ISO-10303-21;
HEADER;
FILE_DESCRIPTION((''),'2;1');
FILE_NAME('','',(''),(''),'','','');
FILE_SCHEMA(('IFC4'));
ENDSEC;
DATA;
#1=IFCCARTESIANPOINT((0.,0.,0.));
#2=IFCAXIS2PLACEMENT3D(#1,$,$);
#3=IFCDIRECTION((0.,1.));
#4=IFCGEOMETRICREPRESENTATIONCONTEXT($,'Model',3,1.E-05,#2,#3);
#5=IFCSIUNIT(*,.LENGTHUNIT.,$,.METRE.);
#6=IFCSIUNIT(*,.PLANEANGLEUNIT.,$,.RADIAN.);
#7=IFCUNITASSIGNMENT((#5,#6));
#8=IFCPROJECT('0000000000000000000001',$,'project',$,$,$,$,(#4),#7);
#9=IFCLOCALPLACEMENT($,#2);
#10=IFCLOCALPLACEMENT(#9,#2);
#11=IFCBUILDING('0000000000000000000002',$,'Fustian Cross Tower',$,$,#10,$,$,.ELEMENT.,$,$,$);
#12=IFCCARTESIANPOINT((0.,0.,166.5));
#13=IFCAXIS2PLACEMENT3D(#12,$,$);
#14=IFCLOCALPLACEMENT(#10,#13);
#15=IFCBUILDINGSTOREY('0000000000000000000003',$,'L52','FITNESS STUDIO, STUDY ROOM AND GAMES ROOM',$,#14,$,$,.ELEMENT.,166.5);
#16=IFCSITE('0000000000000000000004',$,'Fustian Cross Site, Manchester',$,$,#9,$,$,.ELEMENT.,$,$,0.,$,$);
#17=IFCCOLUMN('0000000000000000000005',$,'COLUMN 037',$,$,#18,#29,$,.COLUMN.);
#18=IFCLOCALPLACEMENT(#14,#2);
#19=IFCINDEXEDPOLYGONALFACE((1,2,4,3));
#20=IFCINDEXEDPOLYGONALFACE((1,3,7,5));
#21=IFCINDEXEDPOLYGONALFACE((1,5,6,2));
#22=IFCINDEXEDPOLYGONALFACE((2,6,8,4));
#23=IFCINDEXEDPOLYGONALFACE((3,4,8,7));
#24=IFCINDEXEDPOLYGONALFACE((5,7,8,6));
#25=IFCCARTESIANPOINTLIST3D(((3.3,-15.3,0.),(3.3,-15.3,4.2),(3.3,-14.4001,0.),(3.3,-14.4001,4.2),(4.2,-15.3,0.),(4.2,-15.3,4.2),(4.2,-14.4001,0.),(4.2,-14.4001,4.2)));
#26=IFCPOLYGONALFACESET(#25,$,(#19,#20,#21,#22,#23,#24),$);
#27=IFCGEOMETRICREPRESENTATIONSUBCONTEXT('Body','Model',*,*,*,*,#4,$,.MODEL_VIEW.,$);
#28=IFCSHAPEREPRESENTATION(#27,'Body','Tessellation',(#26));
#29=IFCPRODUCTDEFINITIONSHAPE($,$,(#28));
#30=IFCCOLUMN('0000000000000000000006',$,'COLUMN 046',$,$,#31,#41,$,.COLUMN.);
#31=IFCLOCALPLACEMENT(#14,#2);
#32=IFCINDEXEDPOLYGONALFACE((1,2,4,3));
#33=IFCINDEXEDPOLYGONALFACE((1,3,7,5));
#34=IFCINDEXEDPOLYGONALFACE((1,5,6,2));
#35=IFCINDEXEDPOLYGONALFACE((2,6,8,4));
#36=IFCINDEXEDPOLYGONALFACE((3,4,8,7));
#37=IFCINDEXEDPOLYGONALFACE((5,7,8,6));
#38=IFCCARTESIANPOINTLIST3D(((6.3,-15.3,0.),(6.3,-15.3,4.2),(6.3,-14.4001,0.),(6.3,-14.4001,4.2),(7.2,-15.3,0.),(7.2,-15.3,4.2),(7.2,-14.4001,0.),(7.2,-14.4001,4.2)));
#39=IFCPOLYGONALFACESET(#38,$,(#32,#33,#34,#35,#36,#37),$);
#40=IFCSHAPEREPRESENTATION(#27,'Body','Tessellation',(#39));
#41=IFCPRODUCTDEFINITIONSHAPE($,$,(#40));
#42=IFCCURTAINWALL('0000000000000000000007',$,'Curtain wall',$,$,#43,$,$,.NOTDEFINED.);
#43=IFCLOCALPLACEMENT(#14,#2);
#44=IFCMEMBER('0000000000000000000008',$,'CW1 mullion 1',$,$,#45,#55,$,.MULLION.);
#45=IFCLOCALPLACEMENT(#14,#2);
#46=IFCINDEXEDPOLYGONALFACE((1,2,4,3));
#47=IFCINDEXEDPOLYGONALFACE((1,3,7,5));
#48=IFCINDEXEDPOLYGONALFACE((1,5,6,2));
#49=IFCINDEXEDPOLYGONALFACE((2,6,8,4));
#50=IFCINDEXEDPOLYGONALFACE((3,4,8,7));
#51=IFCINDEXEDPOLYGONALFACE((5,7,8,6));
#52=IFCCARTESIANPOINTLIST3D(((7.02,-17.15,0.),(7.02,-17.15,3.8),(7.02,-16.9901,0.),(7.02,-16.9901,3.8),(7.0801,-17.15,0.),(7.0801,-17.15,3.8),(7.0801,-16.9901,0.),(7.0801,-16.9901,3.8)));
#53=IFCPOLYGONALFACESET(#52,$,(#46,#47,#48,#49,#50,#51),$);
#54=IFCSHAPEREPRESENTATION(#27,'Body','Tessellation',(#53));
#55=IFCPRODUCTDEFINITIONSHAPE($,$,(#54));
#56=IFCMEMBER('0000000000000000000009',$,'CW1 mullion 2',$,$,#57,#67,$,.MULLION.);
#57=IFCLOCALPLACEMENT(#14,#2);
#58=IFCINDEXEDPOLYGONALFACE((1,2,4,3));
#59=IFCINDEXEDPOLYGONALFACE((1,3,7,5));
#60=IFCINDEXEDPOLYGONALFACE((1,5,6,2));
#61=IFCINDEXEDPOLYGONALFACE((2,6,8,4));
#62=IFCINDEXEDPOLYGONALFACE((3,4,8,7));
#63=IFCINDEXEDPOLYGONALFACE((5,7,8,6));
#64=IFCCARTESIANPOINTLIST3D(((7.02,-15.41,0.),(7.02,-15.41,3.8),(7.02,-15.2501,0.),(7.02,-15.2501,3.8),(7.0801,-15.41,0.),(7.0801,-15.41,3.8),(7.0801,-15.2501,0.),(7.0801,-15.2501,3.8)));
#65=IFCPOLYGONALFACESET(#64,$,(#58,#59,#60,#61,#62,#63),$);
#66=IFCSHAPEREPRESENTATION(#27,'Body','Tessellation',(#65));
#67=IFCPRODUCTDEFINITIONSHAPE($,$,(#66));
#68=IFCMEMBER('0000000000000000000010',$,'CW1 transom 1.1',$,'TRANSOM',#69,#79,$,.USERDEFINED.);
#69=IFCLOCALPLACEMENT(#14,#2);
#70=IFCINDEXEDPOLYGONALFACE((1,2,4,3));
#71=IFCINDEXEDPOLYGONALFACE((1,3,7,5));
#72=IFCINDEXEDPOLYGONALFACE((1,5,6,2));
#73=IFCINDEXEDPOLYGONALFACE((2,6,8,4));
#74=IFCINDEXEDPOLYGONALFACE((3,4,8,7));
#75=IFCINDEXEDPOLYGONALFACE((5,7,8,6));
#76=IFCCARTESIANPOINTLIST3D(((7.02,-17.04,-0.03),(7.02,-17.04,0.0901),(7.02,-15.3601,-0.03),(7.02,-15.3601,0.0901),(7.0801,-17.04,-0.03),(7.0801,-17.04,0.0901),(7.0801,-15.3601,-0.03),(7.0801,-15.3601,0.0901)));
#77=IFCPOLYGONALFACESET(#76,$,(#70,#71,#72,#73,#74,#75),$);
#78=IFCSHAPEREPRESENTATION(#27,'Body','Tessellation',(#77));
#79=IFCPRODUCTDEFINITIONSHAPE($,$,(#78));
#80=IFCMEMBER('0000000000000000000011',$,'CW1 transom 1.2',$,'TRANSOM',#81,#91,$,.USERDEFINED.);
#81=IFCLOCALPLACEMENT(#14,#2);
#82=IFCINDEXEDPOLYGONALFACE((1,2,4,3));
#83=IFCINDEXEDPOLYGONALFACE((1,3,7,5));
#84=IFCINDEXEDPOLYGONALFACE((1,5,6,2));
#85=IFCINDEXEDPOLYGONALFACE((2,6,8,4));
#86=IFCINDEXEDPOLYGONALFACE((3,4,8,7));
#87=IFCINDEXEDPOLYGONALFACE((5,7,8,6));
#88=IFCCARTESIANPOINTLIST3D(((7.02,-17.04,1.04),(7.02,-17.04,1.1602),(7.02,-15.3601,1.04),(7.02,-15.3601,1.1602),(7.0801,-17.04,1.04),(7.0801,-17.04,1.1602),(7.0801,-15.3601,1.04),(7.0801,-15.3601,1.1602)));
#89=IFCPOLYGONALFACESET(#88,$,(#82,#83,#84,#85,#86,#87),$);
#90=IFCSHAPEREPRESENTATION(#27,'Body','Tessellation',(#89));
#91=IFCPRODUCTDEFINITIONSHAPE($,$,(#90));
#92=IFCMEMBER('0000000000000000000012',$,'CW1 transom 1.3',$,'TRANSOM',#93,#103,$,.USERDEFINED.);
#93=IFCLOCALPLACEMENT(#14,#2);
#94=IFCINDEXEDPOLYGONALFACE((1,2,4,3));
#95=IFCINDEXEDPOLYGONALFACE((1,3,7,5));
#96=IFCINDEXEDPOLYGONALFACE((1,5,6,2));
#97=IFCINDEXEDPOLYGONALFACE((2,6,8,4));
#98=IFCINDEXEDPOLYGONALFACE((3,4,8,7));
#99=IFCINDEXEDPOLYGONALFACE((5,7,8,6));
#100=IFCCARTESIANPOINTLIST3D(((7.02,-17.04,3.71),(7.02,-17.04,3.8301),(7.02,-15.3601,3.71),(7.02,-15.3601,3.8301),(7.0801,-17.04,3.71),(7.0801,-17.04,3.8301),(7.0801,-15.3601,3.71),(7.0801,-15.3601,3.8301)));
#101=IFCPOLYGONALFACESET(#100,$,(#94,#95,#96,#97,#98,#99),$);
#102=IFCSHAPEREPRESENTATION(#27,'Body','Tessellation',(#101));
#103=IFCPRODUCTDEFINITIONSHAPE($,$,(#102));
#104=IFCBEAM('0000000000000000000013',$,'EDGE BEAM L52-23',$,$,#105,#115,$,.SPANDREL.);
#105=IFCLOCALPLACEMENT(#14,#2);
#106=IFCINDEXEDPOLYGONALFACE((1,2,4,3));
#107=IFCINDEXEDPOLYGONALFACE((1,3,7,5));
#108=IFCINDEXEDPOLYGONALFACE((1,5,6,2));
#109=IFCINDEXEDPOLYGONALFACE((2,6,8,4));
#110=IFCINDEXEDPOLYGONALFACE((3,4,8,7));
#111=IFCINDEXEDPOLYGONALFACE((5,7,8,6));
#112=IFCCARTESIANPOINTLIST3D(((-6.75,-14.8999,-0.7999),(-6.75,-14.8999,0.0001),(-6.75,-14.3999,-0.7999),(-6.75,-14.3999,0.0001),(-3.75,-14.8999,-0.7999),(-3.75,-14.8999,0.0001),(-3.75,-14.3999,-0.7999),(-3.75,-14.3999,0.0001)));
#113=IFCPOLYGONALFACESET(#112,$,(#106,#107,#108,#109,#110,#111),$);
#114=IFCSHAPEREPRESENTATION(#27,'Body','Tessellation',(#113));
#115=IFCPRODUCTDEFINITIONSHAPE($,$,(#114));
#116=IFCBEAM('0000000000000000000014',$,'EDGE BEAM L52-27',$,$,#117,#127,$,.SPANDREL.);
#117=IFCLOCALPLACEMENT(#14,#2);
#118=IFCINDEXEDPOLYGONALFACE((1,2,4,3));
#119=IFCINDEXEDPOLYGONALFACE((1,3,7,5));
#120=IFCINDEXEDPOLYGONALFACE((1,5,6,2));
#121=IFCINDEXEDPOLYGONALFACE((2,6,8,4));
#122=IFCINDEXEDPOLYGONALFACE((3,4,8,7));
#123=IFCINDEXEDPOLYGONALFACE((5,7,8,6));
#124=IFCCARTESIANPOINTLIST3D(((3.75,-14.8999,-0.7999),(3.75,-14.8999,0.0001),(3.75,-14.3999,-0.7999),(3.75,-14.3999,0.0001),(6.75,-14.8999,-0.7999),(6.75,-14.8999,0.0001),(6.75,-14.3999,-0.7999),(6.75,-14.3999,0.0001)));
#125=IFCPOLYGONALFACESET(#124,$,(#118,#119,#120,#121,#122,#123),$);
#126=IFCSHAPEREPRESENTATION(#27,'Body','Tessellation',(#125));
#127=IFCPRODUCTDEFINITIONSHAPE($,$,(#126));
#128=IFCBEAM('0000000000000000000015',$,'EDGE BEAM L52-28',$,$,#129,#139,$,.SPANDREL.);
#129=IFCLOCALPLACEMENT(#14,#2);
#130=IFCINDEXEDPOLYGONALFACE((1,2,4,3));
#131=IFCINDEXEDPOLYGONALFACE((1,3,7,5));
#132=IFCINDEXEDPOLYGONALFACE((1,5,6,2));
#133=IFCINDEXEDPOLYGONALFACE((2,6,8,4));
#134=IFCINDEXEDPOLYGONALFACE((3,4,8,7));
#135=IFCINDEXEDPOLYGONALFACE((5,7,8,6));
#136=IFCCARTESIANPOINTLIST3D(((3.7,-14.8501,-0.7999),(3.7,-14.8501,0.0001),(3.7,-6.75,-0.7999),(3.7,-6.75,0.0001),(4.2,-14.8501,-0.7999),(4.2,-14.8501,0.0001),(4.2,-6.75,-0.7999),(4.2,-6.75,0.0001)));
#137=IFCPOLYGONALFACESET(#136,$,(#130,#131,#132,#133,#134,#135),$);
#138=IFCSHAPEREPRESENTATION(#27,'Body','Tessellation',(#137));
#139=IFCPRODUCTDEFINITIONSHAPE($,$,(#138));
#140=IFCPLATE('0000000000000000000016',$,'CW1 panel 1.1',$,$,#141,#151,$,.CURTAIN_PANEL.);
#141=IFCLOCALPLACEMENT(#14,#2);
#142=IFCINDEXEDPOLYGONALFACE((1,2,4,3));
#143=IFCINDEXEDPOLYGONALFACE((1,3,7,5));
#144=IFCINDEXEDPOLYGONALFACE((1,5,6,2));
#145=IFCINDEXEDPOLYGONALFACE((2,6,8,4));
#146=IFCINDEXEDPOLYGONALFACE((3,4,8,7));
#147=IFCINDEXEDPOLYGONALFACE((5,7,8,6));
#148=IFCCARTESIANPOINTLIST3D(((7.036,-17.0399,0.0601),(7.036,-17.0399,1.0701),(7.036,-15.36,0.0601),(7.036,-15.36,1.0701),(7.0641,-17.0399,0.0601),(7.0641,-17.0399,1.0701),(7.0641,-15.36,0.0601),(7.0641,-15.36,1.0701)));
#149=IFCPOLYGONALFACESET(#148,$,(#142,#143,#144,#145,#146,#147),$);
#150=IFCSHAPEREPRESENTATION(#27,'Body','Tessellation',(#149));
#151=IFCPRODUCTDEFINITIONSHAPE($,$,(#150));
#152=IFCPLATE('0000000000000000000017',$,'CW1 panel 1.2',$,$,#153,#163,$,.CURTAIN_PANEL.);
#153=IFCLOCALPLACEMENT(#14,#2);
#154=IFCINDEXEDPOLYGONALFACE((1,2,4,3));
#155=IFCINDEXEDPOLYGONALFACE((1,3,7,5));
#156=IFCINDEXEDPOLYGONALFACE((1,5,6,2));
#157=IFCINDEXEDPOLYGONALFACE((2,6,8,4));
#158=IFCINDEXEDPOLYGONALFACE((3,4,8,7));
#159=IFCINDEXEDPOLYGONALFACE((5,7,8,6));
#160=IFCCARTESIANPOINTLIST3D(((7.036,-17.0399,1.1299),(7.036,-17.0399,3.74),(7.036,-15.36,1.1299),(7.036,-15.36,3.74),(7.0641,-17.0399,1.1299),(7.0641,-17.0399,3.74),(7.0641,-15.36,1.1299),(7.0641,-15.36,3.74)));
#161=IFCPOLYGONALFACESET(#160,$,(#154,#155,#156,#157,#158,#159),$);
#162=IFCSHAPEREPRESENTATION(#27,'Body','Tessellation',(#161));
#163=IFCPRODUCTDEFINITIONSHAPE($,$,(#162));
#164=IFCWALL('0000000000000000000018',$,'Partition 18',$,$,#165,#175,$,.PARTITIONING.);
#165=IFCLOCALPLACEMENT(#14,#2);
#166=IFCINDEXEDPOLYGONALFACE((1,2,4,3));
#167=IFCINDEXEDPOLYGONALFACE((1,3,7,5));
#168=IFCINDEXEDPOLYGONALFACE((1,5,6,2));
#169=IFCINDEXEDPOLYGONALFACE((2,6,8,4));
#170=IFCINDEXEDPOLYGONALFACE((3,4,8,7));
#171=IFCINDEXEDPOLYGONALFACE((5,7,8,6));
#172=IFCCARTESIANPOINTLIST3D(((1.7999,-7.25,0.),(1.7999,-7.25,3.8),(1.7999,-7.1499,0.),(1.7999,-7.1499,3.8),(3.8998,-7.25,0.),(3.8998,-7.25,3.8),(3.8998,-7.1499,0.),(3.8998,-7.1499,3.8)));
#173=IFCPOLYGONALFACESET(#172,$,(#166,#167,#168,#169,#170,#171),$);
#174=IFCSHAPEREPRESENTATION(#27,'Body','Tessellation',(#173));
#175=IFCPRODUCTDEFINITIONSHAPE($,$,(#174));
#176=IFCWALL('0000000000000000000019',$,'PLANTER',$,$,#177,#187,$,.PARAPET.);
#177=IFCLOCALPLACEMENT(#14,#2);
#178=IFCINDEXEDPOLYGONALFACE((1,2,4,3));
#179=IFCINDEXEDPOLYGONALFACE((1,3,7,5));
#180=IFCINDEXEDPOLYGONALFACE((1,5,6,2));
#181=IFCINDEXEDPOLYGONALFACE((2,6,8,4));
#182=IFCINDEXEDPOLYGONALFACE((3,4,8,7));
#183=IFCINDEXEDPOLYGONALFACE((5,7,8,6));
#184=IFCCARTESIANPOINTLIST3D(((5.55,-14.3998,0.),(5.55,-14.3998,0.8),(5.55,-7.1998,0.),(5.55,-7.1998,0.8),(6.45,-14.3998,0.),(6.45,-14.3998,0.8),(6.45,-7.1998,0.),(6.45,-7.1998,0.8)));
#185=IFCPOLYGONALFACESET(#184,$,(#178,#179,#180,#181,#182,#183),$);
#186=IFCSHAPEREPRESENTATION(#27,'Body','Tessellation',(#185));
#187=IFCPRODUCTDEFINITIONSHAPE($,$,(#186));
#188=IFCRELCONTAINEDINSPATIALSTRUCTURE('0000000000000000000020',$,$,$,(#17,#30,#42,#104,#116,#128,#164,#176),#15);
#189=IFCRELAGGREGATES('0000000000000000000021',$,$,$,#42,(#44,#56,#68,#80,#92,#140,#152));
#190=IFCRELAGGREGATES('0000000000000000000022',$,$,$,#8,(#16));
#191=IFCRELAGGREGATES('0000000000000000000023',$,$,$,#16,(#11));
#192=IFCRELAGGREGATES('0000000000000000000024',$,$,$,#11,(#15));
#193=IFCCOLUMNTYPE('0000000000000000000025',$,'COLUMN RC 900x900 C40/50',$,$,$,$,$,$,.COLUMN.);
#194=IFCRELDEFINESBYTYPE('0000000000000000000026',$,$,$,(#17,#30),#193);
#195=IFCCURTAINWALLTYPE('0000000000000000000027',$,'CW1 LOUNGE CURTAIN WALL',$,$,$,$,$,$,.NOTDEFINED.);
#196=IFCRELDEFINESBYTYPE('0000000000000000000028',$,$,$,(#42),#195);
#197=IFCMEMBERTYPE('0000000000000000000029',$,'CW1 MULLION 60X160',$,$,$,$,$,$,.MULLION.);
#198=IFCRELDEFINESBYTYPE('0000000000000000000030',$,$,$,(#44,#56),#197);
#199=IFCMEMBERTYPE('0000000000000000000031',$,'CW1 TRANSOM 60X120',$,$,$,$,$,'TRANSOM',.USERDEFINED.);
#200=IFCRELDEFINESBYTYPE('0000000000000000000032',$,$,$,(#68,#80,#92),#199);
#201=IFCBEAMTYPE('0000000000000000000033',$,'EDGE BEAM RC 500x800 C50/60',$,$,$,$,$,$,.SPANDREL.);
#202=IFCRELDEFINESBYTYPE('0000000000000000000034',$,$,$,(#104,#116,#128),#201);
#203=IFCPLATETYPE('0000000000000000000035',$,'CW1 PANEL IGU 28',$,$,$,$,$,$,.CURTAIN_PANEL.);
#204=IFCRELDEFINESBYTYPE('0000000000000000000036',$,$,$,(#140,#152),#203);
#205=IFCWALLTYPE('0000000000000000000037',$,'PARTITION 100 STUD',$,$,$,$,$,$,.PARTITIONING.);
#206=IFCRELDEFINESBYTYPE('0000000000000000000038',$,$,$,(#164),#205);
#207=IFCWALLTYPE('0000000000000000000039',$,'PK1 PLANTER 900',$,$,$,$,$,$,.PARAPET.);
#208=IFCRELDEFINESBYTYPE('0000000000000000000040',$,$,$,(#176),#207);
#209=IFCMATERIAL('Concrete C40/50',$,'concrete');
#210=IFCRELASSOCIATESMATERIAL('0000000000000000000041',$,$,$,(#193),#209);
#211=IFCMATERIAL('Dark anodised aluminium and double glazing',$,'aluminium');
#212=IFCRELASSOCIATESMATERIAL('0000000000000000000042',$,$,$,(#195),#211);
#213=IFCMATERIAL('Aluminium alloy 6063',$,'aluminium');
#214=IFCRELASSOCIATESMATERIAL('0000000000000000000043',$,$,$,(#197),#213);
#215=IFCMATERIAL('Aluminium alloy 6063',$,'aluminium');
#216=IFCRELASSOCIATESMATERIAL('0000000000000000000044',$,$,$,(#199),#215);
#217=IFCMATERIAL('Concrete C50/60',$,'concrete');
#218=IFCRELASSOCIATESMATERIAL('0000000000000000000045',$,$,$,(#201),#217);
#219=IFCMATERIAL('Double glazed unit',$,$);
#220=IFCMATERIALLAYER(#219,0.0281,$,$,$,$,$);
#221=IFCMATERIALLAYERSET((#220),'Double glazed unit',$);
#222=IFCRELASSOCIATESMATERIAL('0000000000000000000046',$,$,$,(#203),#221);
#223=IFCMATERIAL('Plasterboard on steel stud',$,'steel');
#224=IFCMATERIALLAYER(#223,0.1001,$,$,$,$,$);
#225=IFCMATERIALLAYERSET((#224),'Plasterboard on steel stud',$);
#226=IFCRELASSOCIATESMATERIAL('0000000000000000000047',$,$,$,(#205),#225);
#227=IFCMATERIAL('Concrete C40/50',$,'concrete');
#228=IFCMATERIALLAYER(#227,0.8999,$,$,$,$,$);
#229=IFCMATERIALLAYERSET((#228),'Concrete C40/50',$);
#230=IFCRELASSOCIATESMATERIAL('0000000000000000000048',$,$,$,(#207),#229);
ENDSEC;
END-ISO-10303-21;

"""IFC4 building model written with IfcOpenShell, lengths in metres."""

from ifc_helpers import new_model, si_unit, direction, frame, frame_2d, origin, origin_2d, place, context, subcontext, project, spatial, rectangle, extrude, material, layer, layer_set, material_profile, profile_set, type_object, element, aggregate, save


model = new_model("IFC4")

# Units and contexts
model_context = context("Model", 3, precision=1e-05, world=origin(), true_north=direction((0.0, 1.0)))
body_context = subcontext(model_context, "Body", "Model", "MODEL_VIEW")
ifc_project = project(units=[si_unit("LENGTHUNIT", "METRE"), si_unit("PLANEANGLEUNIT", "RADIAN")], contexts=[model_context])

# Site, building, storey
site_placement = place(None, origin())
site = spatial("IfcSite", under=ifc_project, at=site_placement, Name="Fustian Cross Site, Manchester", CompositionType="ELEMENT", RefElevation=0.0)
building_placement = place(site_placement, origin())
building = spatial("IfcBuilding", under=site, at=building_placement, Name="Fustian Cross Tower", CompositionType="ELEMENT")
storey_placement = place(building_placement, frame((0.0, 0.0, 166.5)))
storey = spatial("IfcBuildingStorey", under=building, at=storey_placement, Name="L52", Description="FITNESS STUDIO, STUDY ROOM AND GAMES ROOM", CompositionType="ELEMENT", Elevation=166.5)

# Columns
ifc_material_1 = material(Name="Concrete C40/50", Category="concrete")
ifc_material_profile_1 = material_profile(ifc_material_1, rectangle(XDim=0.8999, YDim=0.8999, at=origin_2d()), Name="RC 900x900")
ifc_profile_set_1 = profile_set([ifc_material_profile_1], Name="Concrete C40/50")
column_type = type_object("IfcColumnType", Name="COLUMN RC 900x900 C40/50", PredefinedType="COLUMN", material=ifc_profile_set_1)
for number, where, z_axis, x_axis, name in (
    (1, (3.75, -14.8501, 0.0), (0.0, 0.0, 1.0), (1.0, 0.0, 0.0), "COLUMN 037"),
    (2, (6.75, -14.8501, 0.0), (0.0, 0.0, 1.0), (1.0, 0.0, 0.0), "COLUMN 046"),
):
    element("IfcColumn", number, at=place(storey_placement, frame(where, z_axis=z_axis, x_axis=x_axis)), inside=storey, type_object=column_type, Name=name, PredefinedType="COLUMN", context=body_context, shape_type="SweptSolid", body=[
        extrude(rectangle(XDim=0.8999, YDim=0.8999, at=origin_2d()), origin(), (0.0, 0.0, 1.0), 4.2),
    ])

# Curtain wall, members
ifc_material_2 = material(Name="Dark anodised aluminium and double glazing", Category="aluminium")
curtain_wall_type = type_object("IfcCurtainWallType", Name="CW1 LOUNGE CURTAIN WALL", PredefinedType="NOTDEFINED", material=ifc_material_2)
curtain_wall_placement = place(storey_placement, origin())
curtain_wall = element("IfcCurtainWall", 3, at=curtain_wall_placement, inside=storey, type_object=curtain_wall_type, Name="Curtain wall", PredefinedType="NOTDEFINED")
ifc_material_3 = material(Name="Aluminium alloy 6063", Category="aluminium")
ifc_material_profile_2 = material_profile(ifc_material_3, rectangle(XDim=0.0601, YDim=0.1599, at=origin_2d()), Name="CW1 MULLION 60X160")
ifc_profile_set_2 = profile_set([ifc_material_profile_2], Name="Aluminium alloy 6063")
member_type_1 = type_object("IfcMemberType", Name="CW1 MULLION 60X160", PredefinedType="MULLION", material=ifc_profile_set_2)
member_1_placement = place(storey_placement, frame((7.05, -17.0701, 0.0), z_axis=(0.0, 0.0, 1.0), x_axis=(-1.0, 0.0, 0.0)))
member_1 = element("IfcMember", 4, at=member_1_placement, type_object=member_type_1, Name="CW1 mullion 1", PredefinedType="MULLION", context=body_context, shape_type="SweptSolid", body=[
    extrude(rectangle(XDim=0.0601, YDim=0.1599, at=origin_2d()), origin(), (0.0, 0.0, 1.0), 3.8),
])
member_2_placement = place(storey_placement, frame((7.05, -15.3301, 0.0), z_axis=(0.0, 0.0, 1.0), x_axis=(-1.0, 0.0, 0.0)))
member_2 = element("IfcMember", 5, at=member_2_placement, type_object=member_type_1, Name="CW1 mullion 2", PredefinedType="MULLION", context=body_context, shape_type="SweptSolid", body=[
    extrude(rectangle(XDim=0.0601, YDim=0.1599, at=origin_2d()), origin(), (0.0, 0.0, 1.0), 3.8),
])
ifc_material_4 = material(Name="Aluminium alloy 6063", Category="aluminium")
ifc_material_profile_3 = material_profile(ifc_material_4, rectangle(XDim=0.0601, YDim=0.1201, at=origin_2d()), Name="CW1 TRANSOM 60X120")
ifc_profile_set_3 = profile_set([ifc_material_profile_3], Name="Aluminium alloy 6063")
member_type_2 = type_object("IfcMemberType", Name="CW1 TRANSOM 60X120", ElementType="TRANSOM", PredefinedType="USERDEFINED", material=ifc_profile_set_3)
member_3_placement = place(storey_placement, frame((7.05, -17.04, 0.03), z_axis=(0.0, 1.0, 0.0), x_axis=(-1.0, 0.0, 0.0)))
member_3 = element("IfcMember", 6, at=member_3_placement, type_object=member_type_2, Name="CW1 transom 1.1", ObjectType="TRANSOM", PredefinedType="USERDEFINED", context=body_context, shape_type="SweptSolid", body=[
    extrude(rectangle(XDim=0.0601, YDim=0.1201, at=origin_2d()), origin(), (0.0, 0.0, 1.0), 1.6799),
])
member_4_placement = place(storey_placement, frame((7.05, -17.04, 1.1001), z_axis=(0.0, 1.0, 0.0), x_axis=(-1.0, 0.0, 0.0)))
member_4 = element("IfcMember", 7, at=member_4_placement, type_object=member_type_2, Name="CW1 transom 1.2", ObjectType="TRANSOM", PredefinedType="USERDEFINED", context=body_context, shape_type="SweptSolid", body=[
    extrude(rectangle(XDim=0.0601, YDim=0.1201, at=origin_2d()), origin(), (0.0, 0.0, 1.0), 1.6799),
])
member_5_placement = place(storey_placement, frame((7.05, -17.04, 3.77), z_axis=(0.0, 1.0, 0.0), x_axis=(-1.0, 0.0, 0.0)))
member_5 = element("IfcMember", 8, at=member_5_placement, type_object=member_type_2, Name="CW1 transom 1.3", ObjectType="TRANSOM", PredefinedType="USERDEFINED", context=body_context, shape_type="SweptSolid", body=[
    extrude(rectangle(XDim=0.0601, YDim=0.1201, at=origin_2d()), origin(), (0.0, 0.0, 1.0), 1.6799),
])

# Beams
ifc_material_5 = material(Name="Concrete C50/60", Category="concrete")
ifc_material_profile_4 = material_profile(ifc_material_5, rectangle(XDim=0.5, YDim=0.8, at=origin_2d()), Name="RC 500x800")
ifc_profile_set_4 = profile_set([ifc_material_profile_4], Name="Concrete C50/60")
beam_type = type_object("IfcBeamType", Name="EDGE BEAM RC 500x800 C50/60", PredefinedType="SPANDREL", material=ifc_profile_set_4)
for number, where, z_axis, x_axis, name in (
    (9, (-3.75, -14.6499, -0.3999), (-1.0, 0.0, 0.0), (0.0, -1.0, 0.0), "EDGE BEAM L52-23"),
    (10, (6.75, -14.6499, -0.3999), (-1.0, 0.0, 0.0), (0.0, -1.0, 0.0), "EDGE BEAM L52-27"),
):
    element("IfcBeam", number, at=place(storey_placement, frame(where, z_axis=z_axis, x_axis=x_axis)), inside=storey, type_object=beam_type, Name=name, PredefinedType="SPANDREL", context=body_context, shape_type="SweptSolid", body=[
        extrude(rectangle(XDim=0.5, YDim=0.8, at=origin_2d()), origin(), (0.0, 0.0, 1.0), 3.0),
    ])
beam_placement = place(storey_placement, frame((3.95, -14.8501, -0.3999), z_axis=(0.0, 1.0, 0.0), x_axis=(-1.0, 0.0, 0.0)))
element("IfcBeam", 11, at=beam_placement, inside=storey, type_object=beam_type, Name="EDGE BEAM L52-28", PredefinedType="SPANDREL", context=body_context, shape_type="SweptSolid", body=[
    extrude(rectangle(XDim=0.5, YDim=0.8, at=origin_2d()), origin(), (0.0, 0.0, 1.0), 8.1001),
])

# Plates
ifc_material_6 = material(Name="Double glazed unit")
ifc_layer_1 = layer(ifc_material_6, 0.0281)
ifc_layer_set_1 = layer_set([ifc_layer_1], Name="Double glazed unit")
plate_type = type_object("IfcPlateType", Name="CW1 PANEL IGU 28", PredefinedType="CURTAIN_PANEL", material=ifc_layer_set_1)
plate_1_placement = place(storey_placement, frame((7.05, -16.2, 0.0601), z_axis=(0.0, 0.0, 1.0), x_axis=(0.0, 1.0, 0.0)))
plate_1 = element("IfcPlate", 12, at=plate_1_placement, type_object=plate_type, Name="CW1 panel 1.1", PredefinedType="CURTAIN_PANEL", context=body_context, shape_type="SweptSolid", body=[
    extrude(rectangle(XDim=1.6799, YDim=0.0281, at=origin_2d()), origin(), (0.0, 0.0, 1.0), 1.01),
])
plate_2_placement = place(storey_placement, frame((7.05, -16.2, 1.1299), z_axis=(0.0, 0.0, 1.0), x_axis=(0.0, 1.0, 0.0)))
plate_2 = element("IfcPlate", 13, at=plate_2_placement, type_object=plate_type, Name="CW1 panel 1.2", PredefinedType="CURTAIN_PANEL", context=body_context, shape_type="SweptSolid", body=[
    extrude(rectangle(XDim=1.6799, YDim=0.0281, at=origin_2d()), origin(), (0.0, 0.0, 1.0), 2.6101),
])
aggregate(curtain_wall, [member_1, member_2, member_3, member_4, member_5, plate_1, plate_2])

# Walls
ifc_material_7 = material(Name="Plasterboard on steel stud", Category="steel")
ifc_layer_2 = layer(ifc_material_7, 0.1001)
ifc_layer_set_2 = layer_set([ifc_layer_2], Name="Plasterboard on steel stud")
wall_type_1 = type_object("IfcWallType", Name="PARTITION 100 STUD", PredefinedType="PARTITIONING", material=ifc_layer_set_2)
wall_1_placement = place(storey_placement, frame((1.8, -7.2, 0.0), z_axis=(0.0, 0.0, 1.0), x_axis=(1.0, 0.0, 0.0)))
element("IfcWall", 14, at=wall_1_placement, inside=storey, type_object=wall_type_1, Name="Partition 18", PredefinedType="PARTITIONING", context=body_context, shape_type="SweptSolid", body=[
    extrude(rectangle(XDim=2.0999, YDim=0.1001, at=frame_2d((1.0498, 0.0))), origin(), (0.0, 0.0, 1.0), 3.8),
])
ifc_material_8 = material(Name="Concrete C40/50", Category="concrete")
ifc_layer_3 = layer(ifc_material_8, 0.8999)
ifc_layer_set_3 = layer_set([ifc_layer_3], Name="Concrete C40/50")
wall_type_2 = type_object("IfcWallType", Name="PK1 PLANTER 900", PredefinedType="PARAPET", material=ifc_layer_set_3)
wall_2_placement = place(storey_placement, frame((6.0, -14.3999, 0.0), z_axis=(0.0, 0.0, 1.0), x_axis=(0.0, 1.0, 0.0)))
element("IfcWall", 15, at=wall_2_placement, inside=storey, type_object=wall_type_2, Name="PLANTER", PredefinedType="PARAPET", context=body_context, shape_type="SweptSolid", body=[
    extrude(rectangle(XDim=7.2, YDim=0.8999, at=frame_2d((3.6001, 0.0))), origin(), (0.0, 0.0, 1.0), 0.8),
])

save(model, "model.ifc")
